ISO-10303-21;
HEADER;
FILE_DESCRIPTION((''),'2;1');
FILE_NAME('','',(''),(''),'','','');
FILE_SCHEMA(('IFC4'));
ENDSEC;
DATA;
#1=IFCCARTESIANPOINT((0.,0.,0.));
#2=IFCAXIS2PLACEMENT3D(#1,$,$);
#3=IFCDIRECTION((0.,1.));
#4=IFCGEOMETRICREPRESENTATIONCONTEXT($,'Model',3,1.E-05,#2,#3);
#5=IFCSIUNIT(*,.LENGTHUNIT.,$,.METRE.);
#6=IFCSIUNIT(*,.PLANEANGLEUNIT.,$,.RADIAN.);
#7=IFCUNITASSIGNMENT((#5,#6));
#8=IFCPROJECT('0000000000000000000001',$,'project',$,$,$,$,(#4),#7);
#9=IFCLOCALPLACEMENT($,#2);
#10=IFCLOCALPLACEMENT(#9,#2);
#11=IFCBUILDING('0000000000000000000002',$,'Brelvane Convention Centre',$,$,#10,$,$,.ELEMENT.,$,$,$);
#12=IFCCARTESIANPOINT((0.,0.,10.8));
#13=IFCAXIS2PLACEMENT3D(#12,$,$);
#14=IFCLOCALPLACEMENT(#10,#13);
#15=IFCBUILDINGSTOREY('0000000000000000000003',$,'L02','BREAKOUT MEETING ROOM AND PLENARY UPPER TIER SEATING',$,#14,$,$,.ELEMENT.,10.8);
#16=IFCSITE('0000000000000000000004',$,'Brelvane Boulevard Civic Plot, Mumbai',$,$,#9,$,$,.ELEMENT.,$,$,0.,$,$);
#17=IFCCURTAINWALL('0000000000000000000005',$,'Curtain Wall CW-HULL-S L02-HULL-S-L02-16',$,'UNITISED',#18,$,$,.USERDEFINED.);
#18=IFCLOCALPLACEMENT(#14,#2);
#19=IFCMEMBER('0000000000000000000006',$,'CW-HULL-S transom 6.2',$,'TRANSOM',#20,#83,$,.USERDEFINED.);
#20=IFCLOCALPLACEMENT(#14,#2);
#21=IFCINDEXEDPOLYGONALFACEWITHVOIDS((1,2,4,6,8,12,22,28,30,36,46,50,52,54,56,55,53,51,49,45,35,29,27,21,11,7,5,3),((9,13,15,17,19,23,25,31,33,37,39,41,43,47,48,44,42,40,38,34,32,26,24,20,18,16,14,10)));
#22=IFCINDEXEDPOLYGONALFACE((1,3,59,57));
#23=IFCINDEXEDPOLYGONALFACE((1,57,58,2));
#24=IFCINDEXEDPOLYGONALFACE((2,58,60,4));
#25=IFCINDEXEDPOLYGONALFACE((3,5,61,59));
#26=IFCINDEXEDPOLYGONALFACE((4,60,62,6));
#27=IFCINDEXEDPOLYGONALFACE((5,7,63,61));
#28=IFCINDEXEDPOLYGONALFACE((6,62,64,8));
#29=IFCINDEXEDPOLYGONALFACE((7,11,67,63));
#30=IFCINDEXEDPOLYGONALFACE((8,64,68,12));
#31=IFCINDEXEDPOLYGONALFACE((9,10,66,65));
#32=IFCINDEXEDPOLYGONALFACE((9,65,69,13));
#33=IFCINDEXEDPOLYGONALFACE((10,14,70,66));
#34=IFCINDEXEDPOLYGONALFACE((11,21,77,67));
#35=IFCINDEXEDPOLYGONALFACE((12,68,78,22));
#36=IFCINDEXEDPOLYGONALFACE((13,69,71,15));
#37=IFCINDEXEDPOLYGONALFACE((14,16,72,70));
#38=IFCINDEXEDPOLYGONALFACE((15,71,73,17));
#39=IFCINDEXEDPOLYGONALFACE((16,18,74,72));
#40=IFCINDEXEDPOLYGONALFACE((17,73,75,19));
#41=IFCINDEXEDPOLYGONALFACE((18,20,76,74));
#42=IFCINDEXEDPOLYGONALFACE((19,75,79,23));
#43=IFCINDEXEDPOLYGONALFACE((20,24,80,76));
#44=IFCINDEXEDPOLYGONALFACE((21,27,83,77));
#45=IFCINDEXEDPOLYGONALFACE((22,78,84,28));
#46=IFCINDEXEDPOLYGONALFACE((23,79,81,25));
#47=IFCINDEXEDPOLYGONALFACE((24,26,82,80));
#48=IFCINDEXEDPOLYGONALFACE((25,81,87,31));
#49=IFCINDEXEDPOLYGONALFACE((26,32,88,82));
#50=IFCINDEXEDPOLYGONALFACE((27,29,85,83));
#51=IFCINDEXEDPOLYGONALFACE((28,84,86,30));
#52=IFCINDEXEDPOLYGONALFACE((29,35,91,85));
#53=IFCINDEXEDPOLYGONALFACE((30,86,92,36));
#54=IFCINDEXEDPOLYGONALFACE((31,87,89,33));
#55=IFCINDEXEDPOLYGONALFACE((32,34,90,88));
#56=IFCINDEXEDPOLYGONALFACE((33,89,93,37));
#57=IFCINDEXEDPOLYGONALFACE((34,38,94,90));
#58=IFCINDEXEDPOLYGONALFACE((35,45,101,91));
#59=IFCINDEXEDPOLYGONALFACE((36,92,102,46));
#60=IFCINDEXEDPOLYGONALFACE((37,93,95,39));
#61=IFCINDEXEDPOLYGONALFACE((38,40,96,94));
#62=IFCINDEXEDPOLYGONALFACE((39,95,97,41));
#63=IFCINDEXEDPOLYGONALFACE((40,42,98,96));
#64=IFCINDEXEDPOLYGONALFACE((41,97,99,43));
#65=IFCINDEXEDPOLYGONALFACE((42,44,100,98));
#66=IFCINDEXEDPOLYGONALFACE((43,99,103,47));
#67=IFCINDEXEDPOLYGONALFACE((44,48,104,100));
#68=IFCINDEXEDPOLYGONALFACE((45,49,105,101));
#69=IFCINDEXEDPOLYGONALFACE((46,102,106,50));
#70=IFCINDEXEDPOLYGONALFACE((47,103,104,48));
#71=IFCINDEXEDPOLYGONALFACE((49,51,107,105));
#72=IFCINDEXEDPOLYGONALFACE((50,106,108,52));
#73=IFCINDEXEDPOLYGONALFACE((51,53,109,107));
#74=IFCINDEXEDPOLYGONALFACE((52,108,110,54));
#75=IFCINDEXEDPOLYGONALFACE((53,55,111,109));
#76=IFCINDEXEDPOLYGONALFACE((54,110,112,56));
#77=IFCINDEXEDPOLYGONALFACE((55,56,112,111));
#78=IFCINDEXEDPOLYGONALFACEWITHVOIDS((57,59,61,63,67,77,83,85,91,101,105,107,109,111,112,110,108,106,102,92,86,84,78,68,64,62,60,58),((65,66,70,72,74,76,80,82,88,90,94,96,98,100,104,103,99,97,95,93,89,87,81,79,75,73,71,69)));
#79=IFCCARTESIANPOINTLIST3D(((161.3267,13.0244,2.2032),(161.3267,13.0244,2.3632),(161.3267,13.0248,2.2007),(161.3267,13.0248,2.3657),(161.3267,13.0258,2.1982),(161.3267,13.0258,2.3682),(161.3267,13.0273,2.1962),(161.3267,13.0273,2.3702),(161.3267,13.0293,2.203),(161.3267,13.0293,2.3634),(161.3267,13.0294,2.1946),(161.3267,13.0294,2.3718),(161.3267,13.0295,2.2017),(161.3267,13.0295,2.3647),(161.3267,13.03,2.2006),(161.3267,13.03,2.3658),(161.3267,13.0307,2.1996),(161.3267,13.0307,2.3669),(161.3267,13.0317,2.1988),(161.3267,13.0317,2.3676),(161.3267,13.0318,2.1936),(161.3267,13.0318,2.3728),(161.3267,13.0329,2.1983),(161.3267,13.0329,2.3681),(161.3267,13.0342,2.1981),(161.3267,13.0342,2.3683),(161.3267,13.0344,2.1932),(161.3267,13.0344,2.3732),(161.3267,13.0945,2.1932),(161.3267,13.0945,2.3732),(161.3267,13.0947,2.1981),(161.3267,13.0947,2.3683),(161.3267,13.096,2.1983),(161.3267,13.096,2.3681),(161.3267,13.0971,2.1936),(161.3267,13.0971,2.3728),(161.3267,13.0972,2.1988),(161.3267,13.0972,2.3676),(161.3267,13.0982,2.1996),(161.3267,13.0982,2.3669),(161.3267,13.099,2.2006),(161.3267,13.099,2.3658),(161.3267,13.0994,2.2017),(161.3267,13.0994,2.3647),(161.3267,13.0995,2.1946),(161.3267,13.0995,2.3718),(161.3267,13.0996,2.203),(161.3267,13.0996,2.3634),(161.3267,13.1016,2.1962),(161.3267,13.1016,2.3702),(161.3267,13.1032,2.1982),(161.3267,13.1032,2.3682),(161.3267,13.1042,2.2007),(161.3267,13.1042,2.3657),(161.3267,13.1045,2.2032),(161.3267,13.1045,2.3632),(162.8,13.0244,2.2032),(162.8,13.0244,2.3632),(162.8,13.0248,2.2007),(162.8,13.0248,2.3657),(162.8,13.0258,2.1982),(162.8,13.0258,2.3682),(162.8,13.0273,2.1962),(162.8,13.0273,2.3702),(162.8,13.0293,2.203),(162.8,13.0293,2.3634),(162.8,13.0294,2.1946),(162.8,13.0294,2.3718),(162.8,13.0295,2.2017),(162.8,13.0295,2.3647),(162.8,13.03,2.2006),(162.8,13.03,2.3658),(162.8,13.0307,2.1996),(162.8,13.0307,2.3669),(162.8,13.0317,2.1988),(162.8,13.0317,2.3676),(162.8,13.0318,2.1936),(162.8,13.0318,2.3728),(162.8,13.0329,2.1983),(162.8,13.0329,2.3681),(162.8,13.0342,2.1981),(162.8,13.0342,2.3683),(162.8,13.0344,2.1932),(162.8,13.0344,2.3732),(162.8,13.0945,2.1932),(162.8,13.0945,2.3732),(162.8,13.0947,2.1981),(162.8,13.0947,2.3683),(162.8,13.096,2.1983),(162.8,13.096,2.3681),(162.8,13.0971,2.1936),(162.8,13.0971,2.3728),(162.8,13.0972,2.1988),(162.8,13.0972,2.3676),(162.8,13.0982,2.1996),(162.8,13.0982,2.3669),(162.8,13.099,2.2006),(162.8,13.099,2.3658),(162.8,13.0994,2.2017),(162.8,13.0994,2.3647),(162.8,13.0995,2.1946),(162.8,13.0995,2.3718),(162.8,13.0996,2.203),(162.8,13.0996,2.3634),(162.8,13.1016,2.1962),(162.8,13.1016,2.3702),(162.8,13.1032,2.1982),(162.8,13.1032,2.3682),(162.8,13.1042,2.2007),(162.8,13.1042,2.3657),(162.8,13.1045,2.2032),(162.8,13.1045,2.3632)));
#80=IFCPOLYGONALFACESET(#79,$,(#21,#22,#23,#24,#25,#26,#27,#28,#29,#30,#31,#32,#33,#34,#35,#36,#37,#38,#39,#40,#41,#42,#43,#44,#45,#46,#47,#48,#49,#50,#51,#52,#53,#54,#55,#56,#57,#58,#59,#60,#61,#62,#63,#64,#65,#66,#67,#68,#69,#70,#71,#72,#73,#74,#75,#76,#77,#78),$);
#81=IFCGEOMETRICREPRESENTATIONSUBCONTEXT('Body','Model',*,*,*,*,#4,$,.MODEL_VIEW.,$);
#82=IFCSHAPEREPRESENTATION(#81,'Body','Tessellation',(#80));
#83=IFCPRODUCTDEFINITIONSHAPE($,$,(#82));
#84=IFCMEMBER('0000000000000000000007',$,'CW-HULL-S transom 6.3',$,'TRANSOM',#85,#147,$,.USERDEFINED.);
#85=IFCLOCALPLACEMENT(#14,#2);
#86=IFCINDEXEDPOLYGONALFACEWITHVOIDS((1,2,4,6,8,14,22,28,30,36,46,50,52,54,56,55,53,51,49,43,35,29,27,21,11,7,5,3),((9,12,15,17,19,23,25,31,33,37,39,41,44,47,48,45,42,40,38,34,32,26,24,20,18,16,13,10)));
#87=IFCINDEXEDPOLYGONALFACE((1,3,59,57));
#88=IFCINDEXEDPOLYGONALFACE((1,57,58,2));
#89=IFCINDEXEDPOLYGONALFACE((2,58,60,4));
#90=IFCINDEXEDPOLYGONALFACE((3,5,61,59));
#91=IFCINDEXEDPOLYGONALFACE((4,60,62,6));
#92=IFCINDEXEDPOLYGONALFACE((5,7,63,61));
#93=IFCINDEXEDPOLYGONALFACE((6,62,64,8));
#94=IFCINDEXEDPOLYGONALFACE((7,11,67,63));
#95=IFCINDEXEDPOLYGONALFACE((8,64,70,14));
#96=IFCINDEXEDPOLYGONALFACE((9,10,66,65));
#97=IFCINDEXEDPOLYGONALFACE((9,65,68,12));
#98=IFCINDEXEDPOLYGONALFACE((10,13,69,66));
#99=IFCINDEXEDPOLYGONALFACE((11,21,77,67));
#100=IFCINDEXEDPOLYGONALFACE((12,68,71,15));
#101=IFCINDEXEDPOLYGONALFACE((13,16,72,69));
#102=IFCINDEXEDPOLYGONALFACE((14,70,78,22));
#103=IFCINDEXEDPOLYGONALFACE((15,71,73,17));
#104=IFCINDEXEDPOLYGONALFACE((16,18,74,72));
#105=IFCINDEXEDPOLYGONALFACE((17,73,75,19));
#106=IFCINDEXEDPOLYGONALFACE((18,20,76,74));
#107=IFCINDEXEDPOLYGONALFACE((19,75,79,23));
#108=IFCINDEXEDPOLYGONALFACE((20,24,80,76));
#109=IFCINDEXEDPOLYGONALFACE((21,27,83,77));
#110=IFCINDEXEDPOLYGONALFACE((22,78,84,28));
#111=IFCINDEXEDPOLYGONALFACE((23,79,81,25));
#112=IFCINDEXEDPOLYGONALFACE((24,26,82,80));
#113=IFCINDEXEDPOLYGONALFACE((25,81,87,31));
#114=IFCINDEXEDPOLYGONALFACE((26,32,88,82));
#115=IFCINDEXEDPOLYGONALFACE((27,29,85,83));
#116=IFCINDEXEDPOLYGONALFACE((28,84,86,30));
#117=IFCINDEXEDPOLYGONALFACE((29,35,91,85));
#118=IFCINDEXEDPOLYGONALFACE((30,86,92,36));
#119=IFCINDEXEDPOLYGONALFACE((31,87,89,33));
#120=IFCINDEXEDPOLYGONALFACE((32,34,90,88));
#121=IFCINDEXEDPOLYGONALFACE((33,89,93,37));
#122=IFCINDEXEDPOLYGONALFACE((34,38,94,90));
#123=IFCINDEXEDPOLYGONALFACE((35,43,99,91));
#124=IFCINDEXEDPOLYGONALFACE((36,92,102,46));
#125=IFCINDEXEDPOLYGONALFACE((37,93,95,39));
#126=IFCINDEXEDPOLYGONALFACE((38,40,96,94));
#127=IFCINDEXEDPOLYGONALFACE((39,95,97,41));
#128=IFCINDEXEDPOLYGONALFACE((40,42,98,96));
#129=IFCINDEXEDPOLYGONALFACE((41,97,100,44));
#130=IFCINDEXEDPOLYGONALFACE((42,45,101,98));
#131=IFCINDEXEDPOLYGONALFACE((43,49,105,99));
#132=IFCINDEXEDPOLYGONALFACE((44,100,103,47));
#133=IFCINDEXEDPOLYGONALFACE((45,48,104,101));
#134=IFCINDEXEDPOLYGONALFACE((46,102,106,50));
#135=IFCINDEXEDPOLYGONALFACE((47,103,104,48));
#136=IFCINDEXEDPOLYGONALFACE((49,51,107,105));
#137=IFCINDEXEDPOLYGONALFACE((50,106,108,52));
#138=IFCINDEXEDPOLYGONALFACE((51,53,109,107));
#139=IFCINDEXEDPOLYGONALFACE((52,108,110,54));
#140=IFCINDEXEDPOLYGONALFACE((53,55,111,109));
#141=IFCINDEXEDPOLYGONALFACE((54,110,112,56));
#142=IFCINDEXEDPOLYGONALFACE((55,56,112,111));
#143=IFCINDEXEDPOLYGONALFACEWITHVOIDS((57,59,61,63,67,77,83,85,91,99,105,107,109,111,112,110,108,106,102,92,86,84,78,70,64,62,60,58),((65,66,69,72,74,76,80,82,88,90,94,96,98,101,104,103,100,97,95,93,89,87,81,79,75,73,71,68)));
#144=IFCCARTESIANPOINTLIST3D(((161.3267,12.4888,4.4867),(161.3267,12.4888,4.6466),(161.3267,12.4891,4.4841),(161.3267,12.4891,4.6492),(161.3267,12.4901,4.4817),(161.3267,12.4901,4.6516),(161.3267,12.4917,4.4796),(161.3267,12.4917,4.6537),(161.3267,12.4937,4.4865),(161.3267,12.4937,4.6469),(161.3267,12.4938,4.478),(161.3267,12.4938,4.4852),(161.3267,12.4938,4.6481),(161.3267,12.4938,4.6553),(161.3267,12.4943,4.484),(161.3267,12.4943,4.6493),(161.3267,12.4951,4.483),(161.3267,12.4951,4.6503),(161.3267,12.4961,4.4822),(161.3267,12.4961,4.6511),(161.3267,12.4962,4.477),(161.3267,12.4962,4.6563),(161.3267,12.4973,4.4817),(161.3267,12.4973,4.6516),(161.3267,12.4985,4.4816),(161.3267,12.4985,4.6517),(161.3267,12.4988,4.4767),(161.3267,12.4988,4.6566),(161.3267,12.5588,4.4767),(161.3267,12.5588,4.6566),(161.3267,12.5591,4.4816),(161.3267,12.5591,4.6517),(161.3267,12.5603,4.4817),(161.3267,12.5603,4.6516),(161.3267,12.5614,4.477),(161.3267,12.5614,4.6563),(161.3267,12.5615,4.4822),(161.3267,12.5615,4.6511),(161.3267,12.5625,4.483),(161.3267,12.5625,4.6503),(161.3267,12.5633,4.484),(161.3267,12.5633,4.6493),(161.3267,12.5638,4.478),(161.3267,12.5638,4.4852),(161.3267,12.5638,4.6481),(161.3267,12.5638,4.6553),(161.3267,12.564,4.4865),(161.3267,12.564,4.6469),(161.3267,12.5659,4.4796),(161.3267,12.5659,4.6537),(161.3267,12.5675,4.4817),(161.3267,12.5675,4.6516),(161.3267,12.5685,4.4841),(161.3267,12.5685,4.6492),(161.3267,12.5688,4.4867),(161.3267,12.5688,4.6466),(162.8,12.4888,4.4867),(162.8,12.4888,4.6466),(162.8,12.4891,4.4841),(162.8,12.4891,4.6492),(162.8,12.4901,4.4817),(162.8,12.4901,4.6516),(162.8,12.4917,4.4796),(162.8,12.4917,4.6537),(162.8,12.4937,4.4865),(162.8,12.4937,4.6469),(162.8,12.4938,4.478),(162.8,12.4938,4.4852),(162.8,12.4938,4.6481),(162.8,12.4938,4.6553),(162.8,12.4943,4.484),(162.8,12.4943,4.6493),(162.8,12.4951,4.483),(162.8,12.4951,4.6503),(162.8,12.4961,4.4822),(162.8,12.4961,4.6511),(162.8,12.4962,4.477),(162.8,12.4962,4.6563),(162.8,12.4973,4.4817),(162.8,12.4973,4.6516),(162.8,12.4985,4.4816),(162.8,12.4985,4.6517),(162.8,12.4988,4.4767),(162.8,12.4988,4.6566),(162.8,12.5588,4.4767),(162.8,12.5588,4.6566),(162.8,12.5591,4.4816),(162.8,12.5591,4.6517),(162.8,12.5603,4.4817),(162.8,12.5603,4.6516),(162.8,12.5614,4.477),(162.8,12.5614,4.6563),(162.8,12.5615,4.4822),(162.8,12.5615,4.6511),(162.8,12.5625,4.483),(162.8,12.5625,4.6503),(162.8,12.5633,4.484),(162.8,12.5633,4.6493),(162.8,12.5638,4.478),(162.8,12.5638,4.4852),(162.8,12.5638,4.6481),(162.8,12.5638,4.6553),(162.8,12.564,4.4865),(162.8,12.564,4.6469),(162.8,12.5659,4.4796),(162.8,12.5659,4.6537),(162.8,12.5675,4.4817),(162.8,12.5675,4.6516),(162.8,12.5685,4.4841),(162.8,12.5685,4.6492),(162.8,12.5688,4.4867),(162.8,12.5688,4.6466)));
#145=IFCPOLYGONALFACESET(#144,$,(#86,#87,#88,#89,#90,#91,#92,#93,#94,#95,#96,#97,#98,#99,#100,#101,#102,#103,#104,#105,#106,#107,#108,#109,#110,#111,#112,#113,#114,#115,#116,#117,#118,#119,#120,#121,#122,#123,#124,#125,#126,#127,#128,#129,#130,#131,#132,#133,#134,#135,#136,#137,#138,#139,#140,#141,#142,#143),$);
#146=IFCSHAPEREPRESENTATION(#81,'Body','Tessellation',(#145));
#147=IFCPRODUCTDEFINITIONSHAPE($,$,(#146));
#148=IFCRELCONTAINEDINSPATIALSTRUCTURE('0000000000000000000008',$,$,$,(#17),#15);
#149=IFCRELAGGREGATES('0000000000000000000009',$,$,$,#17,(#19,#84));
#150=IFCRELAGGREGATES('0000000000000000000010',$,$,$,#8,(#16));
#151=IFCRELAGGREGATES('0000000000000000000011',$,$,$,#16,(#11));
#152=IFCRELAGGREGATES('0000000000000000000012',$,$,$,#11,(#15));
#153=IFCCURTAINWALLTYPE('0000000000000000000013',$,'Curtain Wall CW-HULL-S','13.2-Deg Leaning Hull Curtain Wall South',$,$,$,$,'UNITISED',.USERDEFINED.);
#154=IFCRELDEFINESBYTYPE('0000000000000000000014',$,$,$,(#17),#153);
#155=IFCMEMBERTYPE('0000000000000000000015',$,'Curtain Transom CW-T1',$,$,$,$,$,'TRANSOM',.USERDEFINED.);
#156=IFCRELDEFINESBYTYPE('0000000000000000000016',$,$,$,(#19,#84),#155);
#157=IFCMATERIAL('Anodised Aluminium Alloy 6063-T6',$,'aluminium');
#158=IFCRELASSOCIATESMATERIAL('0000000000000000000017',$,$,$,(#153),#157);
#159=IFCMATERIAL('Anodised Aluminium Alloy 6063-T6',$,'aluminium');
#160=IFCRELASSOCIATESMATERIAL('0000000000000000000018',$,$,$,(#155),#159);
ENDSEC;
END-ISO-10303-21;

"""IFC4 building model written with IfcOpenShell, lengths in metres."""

from ifc_helpers import new_model, si_unit, direction, frame, origin, origin_2d, place, context, subcontext, project, spatial, hollow_rectangle, extrude, material, material_profile, profile_set, type_object, element, aggregate, save


model = new_model("IFC4")

# Units and contexts
model_context = context("Model", 3, precision=1e-05, world=origin(), true_north=direction((0.0, 1.0)))
body_context = subcontext(model_context, "Body", "Model", "MODEL_VIEW")
ifc_project = project(units=[si_unit("LENGTHUNIT", "METRE"), si_unit("PLANEANGLEUNIT", "RADIAN")], contexts=[model_context])

# Site, building, storey
site_placement = place(None, origin())
site = spatial("IfcSite", under=ifc_project, at=site_placement, Name="Brelvane Boulevard Civic Plot, Mumbai", CompositionType="ELEMENT", RefElevation=0.0)
building_placement = place(site_placement, origin())
building = spatial("IfcBuilding", under=site, at=building_placement, Name="Brelvane Convention Centre", CompositionType="ELEMENT")
storey_placement = place(building_placement, frame((0.0, 0.0, 10.8)))
storey = spatial("IfcBuildingStorey", under=building, at=storey_placement, Name="L02", Description="BREAKOUT MEETING ROOM AND PLENARY UPPER TIER SEATING", CompositionType="ELEMENT", Elevation=10.8)

# Curtain wall, members
ifc_material_1 = material(Name="Anodised Aluminium Alloy 6063-T6", Category="aluminium")
curtain_wall_type = type_object("IfcCurtainWallType", Name="Curtain Wall CW-HULL-S", Description="13.2-Deg Leaning Hull Curtain Wall South", ElementType="UNITISED", PredefinedType="USERDEFINED", material=ifc_material_1)
curtain_wall_1_placement = place(storey_placement, origin())
curtain_wall_1 = element("IfcCurtainWall", 1, at=curtain_wall_1_placement, inside=storey, type_object=curtain_wall_type, Name="Curtain Wall CW-HULL-S L02-HULL-S-L02-16", ObjectType="UNITISED", PredefinedType="USERDEFINED")
ifc_material_2 = material(Name="Anodised Aluminium Alloy 6063-T6", Category="aluminium")
ifc_material_profile_1 = material_profile(ifc_material_2, hollow_rectangle(XDim=0.0801, YDim=0.1799, WallThickness=0.0049, InnerFilletRadius=0.0049, OuterFilletRadius=0.01, at=origin_2d()), Name="ALU-T 180x80x5.0")
ifc_profile_set_1 = profile_set([ifc_material_profile_1], Name="Anodised Aluminium Alloy 6063-T6")
member_type_1 = type_object("IfcMemberType", Name="Curtain Transom CW-T1", ElementType="TRANSOM", PredefinedType="USERDEFINED", material=ifc_profile_set_1)
member_1_placement = place(storey_placement, frame((161.3267, 13.0645, 2.2832), z_axis=(1.0, 0.0, 0.0), x_axis=(0.0, 1.0, 0.0)))
member_1 = element("IfcMember", 2, at=member_1_placement, type_object=member_type_1, Name="CW-HULL-S transom 6.2", ObjectType="TRANSOM", PredefinedType="USERDEFINED", context=body_context, shape_type="SweptSolid", body=[
    extrude(hollow_rectangle(XDim=0.0801, YDim=0.1799, WallThickness=0.0049, InnerFilletRadius=0.0049, OuterFilletRadius=0.01, at=origin_2d()), origin(), (0.0, 0.0, 1.0), 1.4734),
])
member_2_placement = place(storey_placement, frame((161.3267, 12.5288, 4.5667), z_axis=(1.0, 0.0, 0.0), x_axis=(0.0, 1.0, 0.0)))
member_2 = element("IfcMember", 3, at=member_2_placement, type_object=member_type_1, Name="CW-HULL-S transom 6.3", ObjectType="TRANSOM", PredefinedType="USERDEFINED", context=body_context, shape_type="SweptSolid", body=[
    extrude(hollow_rectangle(XDim=0.0801, YDim=0.1799, WallThickness=0.0049, InnerFilletRadius=0.0049, OuterFilletRadius=0.01, at=origin_2d()), origin(), (0.0, 0.0, 1.0), 1.4734),
])

aggregate(curtain_wall_1, [member_1, member_2])

save(model, "model.ifc")
